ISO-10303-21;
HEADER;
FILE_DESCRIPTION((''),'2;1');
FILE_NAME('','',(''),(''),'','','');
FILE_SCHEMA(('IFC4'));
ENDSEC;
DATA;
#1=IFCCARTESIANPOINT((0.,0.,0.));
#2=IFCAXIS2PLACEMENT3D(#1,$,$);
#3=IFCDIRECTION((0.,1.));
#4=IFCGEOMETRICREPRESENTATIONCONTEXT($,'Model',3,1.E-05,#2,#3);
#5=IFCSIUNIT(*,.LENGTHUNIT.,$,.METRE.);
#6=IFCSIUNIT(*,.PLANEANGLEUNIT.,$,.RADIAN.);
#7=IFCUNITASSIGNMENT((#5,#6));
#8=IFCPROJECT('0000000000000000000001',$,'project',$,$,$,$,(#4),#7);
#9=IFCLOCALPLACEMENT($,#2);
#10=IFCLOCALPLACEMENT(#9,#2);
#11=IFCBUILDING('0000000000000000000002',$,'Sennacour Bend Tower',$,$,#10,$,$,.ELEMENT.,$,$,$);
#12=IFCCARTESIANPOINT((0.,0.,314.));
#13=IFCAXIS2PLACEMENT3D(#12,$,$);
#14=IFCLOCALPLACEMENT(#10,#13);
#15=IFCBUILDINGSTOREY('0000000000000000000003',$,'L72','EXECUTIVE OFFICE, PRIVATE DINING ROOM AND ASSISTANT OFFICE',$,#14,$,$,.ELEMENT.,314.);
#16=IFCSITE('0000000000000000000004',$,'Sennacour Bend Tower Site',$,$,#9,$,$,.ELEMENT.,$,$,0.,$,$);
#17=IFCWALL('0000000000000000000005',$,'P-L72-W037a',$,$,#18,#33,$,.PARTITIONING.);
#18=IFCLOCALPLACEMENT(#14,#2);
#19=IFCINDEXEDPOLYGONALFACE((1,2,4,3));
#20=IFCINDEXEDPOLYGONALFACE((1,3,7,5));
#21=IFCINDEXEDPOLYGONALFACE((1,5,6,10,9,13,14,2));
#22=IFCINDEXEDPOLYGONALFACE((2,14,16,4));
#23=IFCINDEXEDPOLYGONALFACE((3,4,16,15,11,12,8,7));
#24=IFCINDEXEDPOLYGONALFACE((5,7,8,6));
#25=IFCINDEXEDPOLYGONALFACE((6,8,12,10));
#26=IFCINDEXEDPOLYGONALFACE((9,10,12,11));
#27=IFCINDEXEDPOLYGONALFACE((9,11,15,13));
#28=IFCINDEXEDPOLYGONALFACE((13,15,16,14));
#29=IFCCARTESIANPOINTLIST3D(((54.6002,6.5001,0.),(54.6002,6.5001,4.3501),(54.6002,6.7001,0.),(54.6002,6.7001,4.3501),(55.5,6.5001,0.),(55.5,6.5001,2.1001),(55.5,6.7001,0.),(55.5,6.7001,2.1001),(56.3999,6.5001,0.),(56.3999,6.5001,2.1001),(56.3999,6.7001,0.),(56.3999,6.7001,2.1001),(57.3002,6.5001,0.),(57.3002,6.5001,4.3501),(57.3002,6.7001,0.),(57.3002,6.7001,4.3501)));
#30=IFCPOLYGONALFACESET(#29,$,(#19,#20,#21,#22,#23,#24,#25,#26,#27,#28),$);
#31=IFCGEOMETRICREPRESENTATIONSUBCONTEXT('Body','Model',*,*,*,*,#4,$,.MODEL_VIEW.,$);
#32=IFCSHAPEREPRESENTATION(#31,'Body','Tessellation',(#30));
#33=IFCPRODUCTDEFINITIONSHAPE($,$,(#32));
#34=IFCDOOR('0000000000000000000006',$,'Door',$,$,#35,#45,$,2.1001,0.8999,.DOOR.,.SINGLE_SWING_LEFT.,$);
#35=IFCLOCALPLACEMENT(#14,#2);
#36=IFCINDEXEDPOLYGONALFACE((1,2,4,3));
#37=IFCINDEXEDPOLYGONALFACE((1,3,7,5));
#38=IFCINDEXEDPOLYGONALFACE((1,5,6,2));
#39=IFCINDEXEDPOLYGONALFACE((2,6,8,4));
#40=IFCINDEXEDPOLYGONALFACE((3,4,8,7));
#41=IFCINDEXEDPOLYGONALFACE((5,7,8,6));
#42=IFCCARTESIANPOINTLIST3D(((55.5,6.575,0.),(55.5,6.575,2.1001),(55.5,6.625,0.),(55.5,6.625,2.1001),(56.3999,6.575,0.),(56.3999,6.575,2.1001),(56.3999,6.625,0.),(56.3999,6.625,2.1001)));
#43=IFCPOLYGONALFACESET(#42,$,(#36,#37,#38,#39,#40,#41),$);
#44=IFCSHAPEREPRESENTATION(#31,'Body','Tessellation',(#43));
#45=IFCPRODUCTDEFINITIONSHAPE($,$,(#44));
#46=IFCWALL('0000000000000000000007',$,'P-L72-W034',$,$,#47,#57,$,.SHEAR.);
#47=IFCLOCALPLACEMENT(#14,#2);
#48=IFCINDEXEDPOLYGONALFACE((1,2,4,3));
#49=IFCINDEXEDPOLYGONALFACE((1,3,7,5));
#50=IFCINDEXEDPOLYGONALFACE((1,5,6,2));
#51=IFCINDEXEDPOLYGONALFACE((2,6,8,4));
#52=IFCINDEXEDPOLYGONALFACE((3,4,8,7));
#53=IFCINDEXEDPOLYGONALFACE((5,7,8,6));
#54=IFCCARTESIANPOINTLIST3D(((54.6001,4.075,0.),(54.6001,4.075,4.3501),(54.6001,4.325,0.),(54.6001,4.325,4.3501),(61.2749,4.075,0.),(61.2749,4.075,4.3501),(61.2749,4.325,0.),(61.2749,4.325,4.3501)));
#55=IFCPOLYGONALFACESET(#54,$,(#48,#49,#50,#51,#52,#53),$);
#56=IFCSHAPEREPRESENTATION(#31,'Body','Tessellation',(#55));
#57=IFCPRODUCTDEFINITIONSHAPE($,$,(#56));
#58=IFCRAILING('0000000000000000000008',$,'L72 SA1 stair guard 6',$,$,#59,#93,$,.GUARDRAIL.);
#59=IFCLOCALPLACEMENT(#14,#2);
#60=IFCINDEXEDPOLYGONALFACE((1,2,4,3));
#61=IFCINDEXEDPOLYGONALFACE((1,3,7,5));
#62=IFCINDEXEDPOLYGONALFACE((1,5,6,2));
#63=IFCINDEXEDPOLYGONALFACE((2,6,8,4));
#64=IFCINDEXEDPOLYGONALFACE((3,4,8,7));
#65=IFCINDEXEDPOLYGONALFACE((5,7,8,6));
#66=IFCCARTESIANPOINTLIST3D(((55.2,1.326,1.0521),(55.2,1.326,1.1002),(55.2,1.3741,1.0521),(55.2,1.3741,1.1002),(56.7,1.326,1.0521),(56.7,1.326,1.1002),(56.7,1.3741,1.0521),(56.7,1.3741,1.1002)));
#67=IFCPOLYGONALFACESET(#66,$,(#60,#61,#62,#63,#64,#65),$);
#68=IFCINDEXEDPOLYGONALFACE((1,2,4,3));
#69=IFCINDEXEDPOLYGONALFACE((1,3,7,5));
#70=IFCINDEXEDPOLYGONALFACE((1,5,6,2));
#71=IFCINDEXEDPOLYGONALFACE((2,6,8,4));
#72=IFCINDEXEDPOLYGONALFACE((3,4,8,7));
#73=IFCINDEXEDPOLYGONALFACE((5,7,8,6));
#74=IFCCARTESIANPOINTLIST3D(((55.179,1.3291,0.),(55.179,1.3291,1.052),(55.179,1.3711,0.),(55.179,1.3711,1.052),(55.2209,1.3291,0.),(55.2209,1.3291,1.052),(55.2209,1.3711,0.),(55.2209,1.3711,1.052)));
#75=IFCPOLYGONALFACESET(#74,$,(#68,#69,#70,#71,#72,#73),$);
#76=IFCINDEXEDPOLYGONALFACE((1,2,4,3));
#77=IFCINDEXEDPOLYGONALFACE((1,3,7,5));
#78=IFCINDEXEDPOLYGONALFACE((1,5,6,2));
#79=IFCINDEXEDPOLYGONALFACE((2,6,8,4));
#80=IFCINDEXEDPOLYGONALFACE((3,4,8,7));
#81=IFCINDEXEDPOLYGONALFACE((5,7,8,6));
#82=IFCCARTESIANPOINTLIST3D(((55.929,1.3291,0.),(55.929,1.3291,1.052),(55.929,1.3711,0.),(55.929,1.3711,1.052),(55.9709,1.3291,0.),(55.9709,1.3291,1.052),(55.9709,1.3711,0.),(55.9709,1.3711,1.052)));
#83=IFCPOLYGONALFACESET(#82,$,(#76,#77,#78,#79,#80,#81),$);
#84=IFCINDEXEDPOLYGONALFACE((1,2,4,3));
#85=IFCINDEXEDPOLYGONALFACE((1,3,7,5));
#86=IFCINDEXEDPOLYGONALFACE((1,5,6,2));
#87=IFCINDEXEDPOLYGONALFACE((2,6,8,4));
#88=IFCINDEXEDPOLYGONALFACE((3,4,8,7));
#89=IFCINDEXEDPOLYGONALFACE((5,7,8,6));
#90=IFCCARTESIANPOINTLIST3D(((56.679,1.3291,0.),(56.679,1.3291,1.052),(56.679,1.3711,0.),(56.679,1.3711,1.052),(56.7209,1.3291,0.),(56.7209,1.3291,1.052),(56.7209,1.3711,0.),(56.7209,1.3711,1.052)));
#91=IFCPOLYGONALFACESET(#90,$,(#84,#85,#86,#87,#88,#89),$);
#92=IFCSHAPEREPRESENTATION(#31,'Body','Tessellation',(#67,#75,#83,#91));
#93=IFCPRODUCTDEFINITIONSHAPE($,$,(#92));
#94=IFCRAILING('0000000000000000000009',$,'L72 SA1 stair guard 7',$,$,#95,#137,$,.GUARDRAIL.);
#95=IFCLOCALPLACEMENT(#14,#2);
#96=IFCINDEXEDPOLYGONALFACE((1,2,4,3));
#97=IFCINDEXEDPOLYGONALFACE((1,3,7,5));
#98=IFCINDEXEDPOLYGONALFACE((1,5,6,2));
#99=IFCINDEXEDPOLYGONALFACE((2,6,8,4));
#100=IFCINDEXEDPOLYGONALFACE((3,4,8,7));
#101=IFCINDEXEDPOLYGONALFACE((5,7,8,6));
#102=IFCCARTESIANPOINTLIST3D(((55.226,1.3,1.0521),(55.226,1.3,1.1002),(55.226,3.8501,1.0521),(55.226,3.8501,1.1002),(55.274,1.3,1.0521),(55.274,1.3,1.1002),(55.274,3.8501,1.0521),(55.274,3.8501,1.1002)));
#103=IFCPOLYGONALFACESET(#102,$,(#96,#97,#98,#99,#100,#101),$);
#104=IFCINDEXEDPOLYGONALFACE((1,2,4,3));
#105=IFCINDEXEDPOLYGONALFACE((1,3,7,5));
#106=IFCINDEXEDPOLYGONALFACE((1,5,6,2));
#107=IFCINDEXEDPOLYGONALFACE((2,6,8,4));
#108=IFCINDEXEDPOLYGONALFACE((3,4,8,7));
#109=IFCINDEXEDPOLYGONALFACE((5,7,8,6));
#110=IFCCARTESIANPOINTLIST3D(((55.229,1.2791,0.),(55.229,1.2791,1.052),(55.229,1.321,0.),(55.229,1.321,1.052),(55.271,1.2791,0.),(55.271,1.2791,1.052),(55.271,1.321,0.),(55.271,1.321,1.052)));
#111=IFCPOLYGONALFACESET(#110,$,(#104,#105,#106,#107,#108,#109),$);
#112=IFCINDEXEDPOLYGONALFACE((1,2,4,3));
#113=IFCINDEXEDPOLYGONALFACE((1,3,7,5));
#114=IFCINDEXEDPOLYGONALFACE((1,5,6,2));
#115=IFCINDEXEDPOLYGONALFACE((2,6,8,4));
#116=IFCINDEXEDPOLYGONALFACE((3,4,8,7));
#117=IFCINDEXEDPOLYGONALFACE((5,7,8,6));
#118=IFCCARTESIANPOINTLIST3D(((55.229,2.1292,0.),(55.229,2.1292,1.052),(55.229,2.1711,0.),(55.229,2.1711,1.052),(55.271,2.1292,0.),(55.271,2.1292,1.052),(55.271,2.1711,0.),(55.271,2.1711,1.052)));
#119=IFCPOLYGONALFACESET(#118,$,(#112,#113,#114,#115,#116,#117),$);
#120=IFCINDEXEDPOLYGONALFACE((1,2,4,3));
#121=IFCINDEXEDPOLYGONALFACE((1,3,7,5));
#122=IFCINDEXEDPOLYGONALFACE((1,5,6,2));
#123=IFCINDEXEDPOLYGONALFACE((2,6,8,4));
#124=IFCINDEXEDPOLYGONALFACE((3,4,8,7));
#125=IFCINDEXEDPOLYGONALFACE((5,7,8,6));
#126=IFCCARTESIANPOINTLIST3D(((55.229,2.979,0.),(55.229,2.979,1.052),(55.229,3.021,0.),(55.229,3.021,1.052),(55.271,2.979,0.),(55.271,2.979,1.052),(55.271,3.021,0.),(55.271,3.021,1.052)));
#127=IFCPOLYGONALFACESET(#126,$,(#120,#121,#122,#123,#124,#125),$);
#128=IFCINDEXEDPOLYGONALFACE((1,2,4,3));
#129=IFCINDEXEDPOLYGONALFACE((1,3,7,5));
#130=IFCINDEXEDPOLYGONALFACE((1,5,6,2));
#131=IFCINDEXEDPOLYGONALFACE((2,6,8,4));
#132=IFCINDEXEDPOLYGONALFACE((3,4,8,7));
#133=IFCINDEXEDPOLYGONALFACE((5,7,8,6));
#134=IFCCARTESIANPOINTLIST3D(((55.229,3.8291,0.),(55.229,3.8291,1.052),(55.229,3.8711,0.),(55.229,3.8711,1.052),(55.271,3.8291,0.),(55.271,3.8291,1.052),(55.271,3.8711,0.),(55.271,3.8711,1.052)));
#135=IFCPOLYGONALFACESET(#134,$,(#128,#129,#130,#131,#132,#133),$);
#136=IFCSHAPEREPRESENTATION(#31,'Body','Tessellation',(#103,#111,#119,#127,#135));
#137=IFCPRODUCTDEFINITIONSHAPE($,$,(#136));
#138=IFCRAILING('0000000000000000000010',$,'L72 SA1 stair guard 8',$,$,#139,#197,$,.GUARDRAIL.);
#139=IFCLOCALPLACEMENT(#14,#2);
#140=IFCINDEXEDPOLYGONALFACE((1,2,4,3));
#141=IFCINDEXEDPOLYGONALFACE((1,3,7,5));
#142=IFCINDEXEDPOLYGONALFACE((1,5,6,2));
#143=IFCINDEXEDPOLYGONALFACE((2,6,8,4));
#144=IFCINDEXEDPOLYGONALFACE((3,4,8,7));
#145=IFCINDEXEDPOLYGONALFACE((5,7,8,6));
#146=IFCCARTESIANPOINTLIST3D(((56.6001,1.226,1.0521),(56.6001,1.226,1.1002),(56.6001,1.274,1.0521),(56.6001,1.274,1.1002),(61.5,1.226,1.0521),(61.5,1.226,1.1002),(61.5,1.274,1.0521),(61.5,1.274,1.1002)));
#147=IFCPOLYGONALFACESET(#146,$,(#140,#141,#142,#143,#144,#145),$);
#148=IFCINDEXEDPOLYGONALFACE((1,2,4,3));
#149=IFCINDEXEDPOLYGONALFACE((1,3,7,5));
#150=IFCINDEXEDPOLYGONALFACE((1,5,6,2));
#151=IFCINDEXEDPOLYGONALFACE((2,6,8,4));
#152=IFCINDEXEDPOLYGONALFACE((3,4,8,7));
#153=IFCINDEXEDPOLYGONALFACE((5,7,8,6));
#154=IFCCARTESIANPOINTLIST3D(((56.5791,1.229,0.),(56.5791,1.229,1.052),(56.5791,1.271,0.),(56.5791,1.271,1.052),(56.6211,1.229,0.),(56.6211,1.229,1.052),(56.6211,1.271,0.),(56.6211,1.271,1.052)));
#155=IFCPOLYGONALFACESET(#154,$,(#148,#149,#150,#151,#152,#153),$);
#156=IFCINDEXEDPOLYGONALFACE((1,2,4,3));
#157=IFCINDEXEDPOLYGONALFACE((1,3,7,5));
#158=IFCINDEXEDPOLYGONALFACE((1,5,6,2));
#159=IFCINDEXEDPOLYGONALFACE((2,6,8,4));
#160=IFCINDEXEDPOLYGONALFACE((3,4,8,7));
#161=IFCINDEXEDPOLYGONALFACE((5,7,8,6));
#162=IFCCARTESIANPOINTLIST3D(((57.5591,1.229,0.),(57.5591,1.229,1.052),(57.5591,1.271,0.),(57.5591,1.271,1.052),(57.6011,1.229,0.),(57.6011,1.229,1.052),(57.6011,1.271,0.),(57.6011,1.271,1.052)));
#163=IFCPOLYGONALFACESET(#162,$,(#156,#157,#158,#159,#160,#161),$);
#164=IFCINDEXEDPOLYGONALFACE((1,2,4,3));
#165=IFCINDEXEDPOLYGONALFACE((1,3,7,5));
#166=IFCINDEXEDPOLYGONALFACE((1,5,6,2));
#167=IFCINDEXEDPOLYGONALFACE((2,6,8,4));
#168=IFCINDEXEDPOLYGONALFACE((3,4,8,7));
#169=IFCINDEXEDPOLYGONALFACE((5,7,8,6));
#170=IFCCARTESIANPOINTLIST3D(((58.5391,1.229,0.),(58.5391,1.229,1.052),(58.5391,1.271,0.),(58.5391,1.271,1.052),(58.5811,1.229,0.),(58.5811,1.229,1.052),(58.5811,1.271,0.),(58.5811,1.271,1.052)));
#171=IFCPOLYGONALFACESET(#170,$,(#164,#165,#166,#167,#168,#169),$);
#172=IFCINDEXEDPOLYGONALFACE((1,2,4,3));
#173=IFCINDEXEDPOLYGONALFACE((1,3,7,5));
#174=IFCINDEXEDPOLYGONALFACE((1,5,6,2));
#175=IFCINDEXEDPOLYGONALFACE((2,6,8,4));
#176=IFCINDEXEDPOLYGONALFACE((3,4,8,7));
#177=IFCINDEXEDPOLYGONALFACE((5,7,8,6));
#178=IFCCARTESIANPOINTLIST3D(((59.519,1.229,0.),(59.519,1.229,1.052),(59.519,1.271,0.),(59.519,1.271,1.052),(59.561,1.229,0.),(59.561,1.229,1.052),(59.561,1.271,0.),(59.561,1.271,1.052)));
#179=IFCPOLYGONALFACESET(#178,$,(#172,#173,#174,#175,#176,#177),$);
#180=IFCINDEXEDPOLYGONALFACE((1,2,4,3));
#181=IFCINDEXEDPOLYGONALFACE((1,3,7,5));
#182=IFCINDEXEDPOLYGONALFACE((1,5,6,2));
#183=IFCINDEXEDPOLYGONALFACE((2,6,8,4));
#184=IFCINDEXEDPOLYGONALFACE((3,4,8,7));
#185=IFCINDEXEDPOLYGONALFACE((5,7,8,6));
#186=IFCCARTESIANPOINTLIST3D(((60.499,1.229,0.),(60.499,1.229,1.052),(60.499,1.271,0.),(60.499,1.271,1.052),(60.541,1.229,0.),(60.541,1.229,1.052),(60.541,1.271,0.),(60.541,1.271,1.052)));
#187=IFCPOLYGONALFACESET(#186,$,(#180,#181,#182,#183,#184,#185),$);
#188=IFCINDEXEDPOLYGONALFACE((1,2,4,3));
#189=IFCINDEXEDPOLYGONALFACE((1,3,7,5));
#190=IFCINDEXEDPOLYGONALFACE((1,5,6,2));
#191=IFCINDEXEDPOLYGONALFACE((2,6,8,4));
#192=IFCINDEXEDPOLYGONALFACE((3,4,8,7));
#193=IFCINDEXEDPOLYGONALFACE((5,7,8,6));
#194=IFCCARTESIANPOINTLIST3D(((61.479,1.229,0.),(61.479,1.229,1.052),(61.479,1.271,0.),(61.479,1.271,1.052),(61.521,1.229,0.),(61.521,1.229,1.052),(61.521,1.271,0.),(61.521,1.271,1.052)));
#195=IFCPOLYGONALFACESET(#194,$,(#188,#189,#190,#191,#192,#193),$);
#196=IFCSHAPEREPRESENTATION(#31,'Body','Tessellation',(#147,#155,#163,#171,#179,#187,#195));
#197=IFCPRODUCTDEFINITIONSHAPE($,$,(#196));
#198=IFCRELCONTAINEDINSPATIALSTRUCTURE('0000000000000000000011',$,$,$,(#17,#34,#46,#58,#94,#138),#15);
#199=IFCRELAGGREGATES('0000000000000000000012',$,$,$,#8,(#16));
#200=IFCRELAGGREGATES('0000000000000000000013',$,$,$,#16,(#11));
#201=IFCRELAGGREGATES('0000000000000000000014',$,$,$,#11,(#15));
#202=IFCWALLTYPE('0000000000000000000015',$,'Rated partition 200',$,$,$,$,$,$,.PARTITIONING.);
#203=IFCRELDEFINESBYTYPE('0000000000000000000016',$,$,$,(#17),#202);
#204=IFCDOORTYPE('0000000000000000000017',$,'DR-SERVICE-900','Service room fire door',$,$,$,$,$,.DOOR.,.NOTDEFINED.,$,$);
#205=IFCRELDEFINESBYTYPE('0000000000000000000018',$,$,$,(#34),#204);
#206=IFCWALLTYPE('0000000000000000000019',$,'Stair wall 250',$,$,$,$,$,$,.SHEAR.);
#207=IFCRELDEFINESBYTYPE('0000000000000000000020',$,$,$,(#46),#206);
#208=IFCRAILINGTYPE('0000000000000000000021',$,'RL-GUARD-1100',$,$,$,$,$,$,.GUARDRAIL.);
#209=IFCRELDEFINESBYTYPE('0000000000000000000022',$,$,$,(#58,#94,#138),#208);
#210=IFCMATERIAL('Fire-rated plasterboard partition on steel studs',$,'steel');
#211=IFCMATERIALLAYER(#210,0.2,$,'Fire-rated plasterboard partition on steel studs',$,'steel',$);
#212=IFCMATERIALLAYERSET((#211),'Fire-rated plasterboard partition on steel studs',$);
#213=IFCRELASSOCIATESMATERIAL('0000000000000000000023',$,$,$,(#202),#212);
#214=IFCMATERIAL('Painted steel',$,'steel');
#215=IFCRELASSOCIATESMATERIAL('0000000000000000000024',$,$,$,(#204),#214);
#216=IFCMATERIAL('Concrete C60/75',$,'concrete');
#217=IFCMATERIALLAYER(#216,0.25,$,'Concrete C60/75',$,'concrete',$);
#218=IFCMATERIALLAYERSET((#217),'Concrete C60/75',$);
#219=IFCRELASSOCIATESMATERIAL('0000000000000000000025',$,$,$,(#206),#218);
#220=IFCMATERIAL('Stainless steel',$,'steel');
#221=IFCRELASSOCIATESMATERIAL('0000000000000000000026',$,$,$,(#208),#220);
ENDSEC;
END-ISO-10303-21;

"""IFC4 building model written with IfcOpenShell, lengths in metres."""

from ifc_helpers import new_model, si_unit, direction, frame, frame_2d, origin, origin_2d, place, context, subcontext, project, spatial, rectangle, extrude, material, layer, layer_set, type_object, element, fill, save


model = new_model("IFC4")

# Units and contexts
model_context = context("Model", 3, precision=1e-05, world=origin(), true_north=direction((0.0, 1.0)))
body_context = subcontext(model_context, "Body", "Model", "MODEL_VIEW")
ifc_project = project(units=[si_unit("LENGTHUNIT", "METRE"), si_unit("PLANEANGLEUNIT", "RADIAN")], contexts=[model_context])

# Site, building, storey
site_placement = place(None, origin())
site = spatial("IfcSite", under=ifc_project, at=site_placement, Name="Sennacour Bend Tower Site", CompositionType="ELEMENT", RefElevation=0.0)
building_placement = place(site_placement, origin())
building = spatial("IfcBuilding", under=site, at=building_placement, Name="Sennacour Bend Tower", CompositionType="ELEMENT")
storey_placement = place(building_placement, frame((0.0, 0.0, 314.0)))
storey = spatial("IfcBuildingStorey", under=building, at=storey_placement, Name="L72", Description="EXECUTIVE OFFICE, PRIVATE DINING ROOM AND ASSISTANT OFFICE", CompositionType="ELEMENT", Elevation=314.0)

# Shared definitions
ifc_material_1 = material(Name="Painted steel", Category="steel")

# Wall, opening, door
ifc_material_2 = material(Name="Fire-rated plasterboard partition on steel studs", Category="steel")
ifc_layer_1 = layer(ifc_material_2, 0.2, Name="Fire-rated plasterboard partition on steel studs", Category="steel")
ifc_layer_set_1 = layer_set([ifc_layer_1], Name="Fire-rated plasterboard partition on steel studs")
wall_type_1 = type_object("IfcWallType", Name="Rated partition 200", PredefinedType="PARTITIONING", material=ifc_layer_set_1)
wall_1_placement = place(storey_placement, frame((54.6001, 6.6001, 0.0), z_axis=(0.0, 0.0, 1.0), x_axis=(1.0, 0.0, 0.0)))
wall_1 = element("IfcWall", 1, at=wall_1_placement, inside=storey, type_object=wall_type_1, Name="P-L72-W037a", PredefinedType="PARTITIONING", context=body_context, shape_type="SweptSolid", body=[
    extrude(rectangle(XDim=2.7, YDim=0.2, at=frame_2d((1.3501, 0.0))), origin(), (0.0, 0.0, 1.0), 4.3501),
])
opening_1_placement = place(wall_1_placement, frame((0.8999, 0.0, 0.0)))
opening_1 = element("IfcOpeningElement", 2, at=opening_1_placement, cuts=wall_1, PredefinedType="OPENING", context=body_context, shape_type="SweptSolid", body=[
    extrude(rectangle(XDim=0.8999, YDim=2.1001, at=frame_2d((0.45, 1.05))), frame((0.0, 0.1099, 0.0), z_axis=(0.0, -1.0, 0.0), x_axis=(1.0, 0.0, 0.0)), (0.0, 0.0, 1.0), 0.22),
])
door_type_1 = type_object("IfcDoorType", Name="DR-SERVICE-900", Description="Service room fire door", OperationType="NOTDEFINED", PredefinedType="DOOR", material=ifc_material_1)
door_1_placement = place(opening_1_placement, origin())
door_1 = element("IfcDoor", 3, at=door_1_placement, inside=storey, type_object=door_type_1, Name="Door", OperationType="SINGLE_SWING_LEFT", OverallHeight=2.1001, OverallWidth=0.8999, PredefinedType="DOOR", context=body_context, shape_type="SweptSolid", body=[
    extrude(rectangle(XDim=0.8999, YDim=2.1001, at=frame_2d((0.45, 1.05))), frame((0.0, 0.0249, 0.0), z_axis=(0.0, -1.0, 0.0), x_axis=(1.0, 0.0, 0.0)), (0.0, 0.0, 1.0), 0.05),
])
fill(opening_1, door_1)

# Wall
ifc_material_3 = material(Name="Concrete C60/75", Category="concrete")
ifc_layer_2 = layer(ifc_material_3, 0.25, Name="Concrete C60/75", Category="concrete")
ifc_layer_set_2 = layer_set([ifc_layer_2], Name="Concrete C60/75")
wall_type_2 = type_object("IfcWallType", Name="Stair wall 250", PredefinedType="SHEAR", material=ifc_layer_set_2)
wall_2_placement = place(storey_placement, frame((54.6001, 4.2, 0.0), z_axis=(0.0, 0.0, 1.0), x_axis=(1.0, 0.0, 0.0)))
element("IfcWall", 4, at=wall_2_placement, inside=storey, type_object=wall_type_2, Name="P-L72-W034", PredefinedType="SHEAR", context=body_context, shape_type="SweptSolid", body=[
    extrude(rectangle(XDim=6.6748, YDim=0.25, at=frame_2d((3.3374, 0.0))), origin(), (0.0, 0.0, 1.0), 4.3501),
])

# Railings
ifc_material_4 = material(Name="Stainless steel", Category="steel")
railing_type = type_object("IfcRailingType", Name="RL-GUARD-1100", PredefinedType="GUARDRAIL", material=ifc_material_4)
railing_1_placement = place(storey_placement, frame((55.2, 1.3501, 0.0)))
element("IfcRailing", 5, at=railing_1_placement, inside=storey, type_object=railing_type, Name="L72 SA1 stair guard 6", PredefinedType="GUARDRAIL", context=body_context, shape_type="SweptSolid", body=[
    extrude(rectangle(XDim=0.0481, YDim=0.0481, at=origin_2d()), frame((0.0, 0.0, 1.0762), z_axis=(1.0, 0.0, 0.0), x_axis=(0.0, 1.0, 0.0)), (0.0, 0.0, 1.0), 1.5),
    extrude(rectangle(XDim=0.042, YDim=0.042, at=origin_2d()), origin(), (0.0, 0.0, 1.0), 1.052),
    extrude(rectangle(XDim=0.042, YDim=0.042, at=origin_2d()), frame((0.75, 0.0, 0.0)), (0.0, 0.0, 1.0), 1.052),
    extrude(rectangle(XDim=0.042, YDim=0.042, at=origin_2d()), frame((1.5, 0.0, 0.0)), (0.0, 0.0, 1.0), 1.052),
])
railing_2_placement = place(storey_placement, frame((55.25, 1.3, 0.0)))
element("IfcRailing", 6, at=railing_2_placement, inside=storey, type_object=railing_type, Name="L72 SA1 stair guard 7", PredefinedType="GUARDRAIL", context=body_context, shape_type="SweptSolid", body=[
    extrude(rectangle(XDim=0.0481, YDim=0.0481, at=origin_2d()), frame((0.0, 0.0, 1.0762), z_axis=(0.0, 1.0, 0.0), x_axis=(-1.0, 0.0, 0.0)), (0.0, 0.0, 1.0), 2.55),
    extrude(rectangle(XDim=0.042, YDim=0.042, at=origin_2d()), origin(), (0.0, 0.0, 1.0), 1.052),
    extrude(rectangle(XDim=0.042, YDim=0.042, at=origin_2d()), frame((0.0, 0.8501, 0.0)), (0.0, 0.0, 1.0), 1.052),
    extrude(rectangle(XDim=0.042, YDim=0.042, at=origin_2d()), frame((0.0, 1.7, 0.0)), (0.0, 0.0, 1.0), 1.052),
    extrude(rectangle(XDim=0.042, YDim=0.042, at=origin_2d()), frame((0.0, 2.55, 0.0)), (0.0, 0.0, 1.0), 1.052),
])
railing_3_placement = place(storey_placement, frame((56.6001, 1.25, 0.0)))
element("IfcRailing", 7, at=railing_3_placement, inside=storey, type_object=railing_type, Name="L72 SA1 stair guard 8", PredefinedType="GUARDRAIL", context=body_context, shape_type="SweptSolid", body=[
    extrude(rectangle(XDim=0.0481, YDim=0.0481, at=origin_2d()), frame((0.0, 0.0, 1.0762), z_axis=(1.0, 0.0, 0.0), x_axis=(0.0, 1.0, 0.0)), (0.0, 0.0, 1.0), 4.8999),
    extrude(rectangle(XDim=0.042, YDim=0.042, at=origin_2d()), origin(), (0.0, 0.0, 1.0), 1.052),
    extrude(rectangle(XDim=0.042, YDim=0.042, at=origin_2d()), frame((0.98, 0.0, 0.0)), (0.0, 0.0, 1.0), 1.052),
    extrude(rectangle(XDim=0.042, YDim=0.042, at=origin_2d()), frame((1.96, 0.0, 0.0)), (0.0, 0.0, 1.0), 1.052),
    extrude(rectangle(XDim=0.042, YDim=0.042, at=origin_2d()), frame((2.9399, 0.0, 0.0)), (0.0, 0.0, 1.0), 1.052),
    extrude(rectangle(XDim=0.042, YDim=0.042, at=origin_2d()), frame((3.9199, 0.0, 0.0)), (0.0, 0.0, 1.0), 1.052),
    extrude(rectangle(XDim=0.042, YDim=0.042, at=origin_2d()), frame((4.8999, 0.0, 0.0)), (0.0, 0.0, 1.0), 1.052),
])

save(model, "model.ifc")
